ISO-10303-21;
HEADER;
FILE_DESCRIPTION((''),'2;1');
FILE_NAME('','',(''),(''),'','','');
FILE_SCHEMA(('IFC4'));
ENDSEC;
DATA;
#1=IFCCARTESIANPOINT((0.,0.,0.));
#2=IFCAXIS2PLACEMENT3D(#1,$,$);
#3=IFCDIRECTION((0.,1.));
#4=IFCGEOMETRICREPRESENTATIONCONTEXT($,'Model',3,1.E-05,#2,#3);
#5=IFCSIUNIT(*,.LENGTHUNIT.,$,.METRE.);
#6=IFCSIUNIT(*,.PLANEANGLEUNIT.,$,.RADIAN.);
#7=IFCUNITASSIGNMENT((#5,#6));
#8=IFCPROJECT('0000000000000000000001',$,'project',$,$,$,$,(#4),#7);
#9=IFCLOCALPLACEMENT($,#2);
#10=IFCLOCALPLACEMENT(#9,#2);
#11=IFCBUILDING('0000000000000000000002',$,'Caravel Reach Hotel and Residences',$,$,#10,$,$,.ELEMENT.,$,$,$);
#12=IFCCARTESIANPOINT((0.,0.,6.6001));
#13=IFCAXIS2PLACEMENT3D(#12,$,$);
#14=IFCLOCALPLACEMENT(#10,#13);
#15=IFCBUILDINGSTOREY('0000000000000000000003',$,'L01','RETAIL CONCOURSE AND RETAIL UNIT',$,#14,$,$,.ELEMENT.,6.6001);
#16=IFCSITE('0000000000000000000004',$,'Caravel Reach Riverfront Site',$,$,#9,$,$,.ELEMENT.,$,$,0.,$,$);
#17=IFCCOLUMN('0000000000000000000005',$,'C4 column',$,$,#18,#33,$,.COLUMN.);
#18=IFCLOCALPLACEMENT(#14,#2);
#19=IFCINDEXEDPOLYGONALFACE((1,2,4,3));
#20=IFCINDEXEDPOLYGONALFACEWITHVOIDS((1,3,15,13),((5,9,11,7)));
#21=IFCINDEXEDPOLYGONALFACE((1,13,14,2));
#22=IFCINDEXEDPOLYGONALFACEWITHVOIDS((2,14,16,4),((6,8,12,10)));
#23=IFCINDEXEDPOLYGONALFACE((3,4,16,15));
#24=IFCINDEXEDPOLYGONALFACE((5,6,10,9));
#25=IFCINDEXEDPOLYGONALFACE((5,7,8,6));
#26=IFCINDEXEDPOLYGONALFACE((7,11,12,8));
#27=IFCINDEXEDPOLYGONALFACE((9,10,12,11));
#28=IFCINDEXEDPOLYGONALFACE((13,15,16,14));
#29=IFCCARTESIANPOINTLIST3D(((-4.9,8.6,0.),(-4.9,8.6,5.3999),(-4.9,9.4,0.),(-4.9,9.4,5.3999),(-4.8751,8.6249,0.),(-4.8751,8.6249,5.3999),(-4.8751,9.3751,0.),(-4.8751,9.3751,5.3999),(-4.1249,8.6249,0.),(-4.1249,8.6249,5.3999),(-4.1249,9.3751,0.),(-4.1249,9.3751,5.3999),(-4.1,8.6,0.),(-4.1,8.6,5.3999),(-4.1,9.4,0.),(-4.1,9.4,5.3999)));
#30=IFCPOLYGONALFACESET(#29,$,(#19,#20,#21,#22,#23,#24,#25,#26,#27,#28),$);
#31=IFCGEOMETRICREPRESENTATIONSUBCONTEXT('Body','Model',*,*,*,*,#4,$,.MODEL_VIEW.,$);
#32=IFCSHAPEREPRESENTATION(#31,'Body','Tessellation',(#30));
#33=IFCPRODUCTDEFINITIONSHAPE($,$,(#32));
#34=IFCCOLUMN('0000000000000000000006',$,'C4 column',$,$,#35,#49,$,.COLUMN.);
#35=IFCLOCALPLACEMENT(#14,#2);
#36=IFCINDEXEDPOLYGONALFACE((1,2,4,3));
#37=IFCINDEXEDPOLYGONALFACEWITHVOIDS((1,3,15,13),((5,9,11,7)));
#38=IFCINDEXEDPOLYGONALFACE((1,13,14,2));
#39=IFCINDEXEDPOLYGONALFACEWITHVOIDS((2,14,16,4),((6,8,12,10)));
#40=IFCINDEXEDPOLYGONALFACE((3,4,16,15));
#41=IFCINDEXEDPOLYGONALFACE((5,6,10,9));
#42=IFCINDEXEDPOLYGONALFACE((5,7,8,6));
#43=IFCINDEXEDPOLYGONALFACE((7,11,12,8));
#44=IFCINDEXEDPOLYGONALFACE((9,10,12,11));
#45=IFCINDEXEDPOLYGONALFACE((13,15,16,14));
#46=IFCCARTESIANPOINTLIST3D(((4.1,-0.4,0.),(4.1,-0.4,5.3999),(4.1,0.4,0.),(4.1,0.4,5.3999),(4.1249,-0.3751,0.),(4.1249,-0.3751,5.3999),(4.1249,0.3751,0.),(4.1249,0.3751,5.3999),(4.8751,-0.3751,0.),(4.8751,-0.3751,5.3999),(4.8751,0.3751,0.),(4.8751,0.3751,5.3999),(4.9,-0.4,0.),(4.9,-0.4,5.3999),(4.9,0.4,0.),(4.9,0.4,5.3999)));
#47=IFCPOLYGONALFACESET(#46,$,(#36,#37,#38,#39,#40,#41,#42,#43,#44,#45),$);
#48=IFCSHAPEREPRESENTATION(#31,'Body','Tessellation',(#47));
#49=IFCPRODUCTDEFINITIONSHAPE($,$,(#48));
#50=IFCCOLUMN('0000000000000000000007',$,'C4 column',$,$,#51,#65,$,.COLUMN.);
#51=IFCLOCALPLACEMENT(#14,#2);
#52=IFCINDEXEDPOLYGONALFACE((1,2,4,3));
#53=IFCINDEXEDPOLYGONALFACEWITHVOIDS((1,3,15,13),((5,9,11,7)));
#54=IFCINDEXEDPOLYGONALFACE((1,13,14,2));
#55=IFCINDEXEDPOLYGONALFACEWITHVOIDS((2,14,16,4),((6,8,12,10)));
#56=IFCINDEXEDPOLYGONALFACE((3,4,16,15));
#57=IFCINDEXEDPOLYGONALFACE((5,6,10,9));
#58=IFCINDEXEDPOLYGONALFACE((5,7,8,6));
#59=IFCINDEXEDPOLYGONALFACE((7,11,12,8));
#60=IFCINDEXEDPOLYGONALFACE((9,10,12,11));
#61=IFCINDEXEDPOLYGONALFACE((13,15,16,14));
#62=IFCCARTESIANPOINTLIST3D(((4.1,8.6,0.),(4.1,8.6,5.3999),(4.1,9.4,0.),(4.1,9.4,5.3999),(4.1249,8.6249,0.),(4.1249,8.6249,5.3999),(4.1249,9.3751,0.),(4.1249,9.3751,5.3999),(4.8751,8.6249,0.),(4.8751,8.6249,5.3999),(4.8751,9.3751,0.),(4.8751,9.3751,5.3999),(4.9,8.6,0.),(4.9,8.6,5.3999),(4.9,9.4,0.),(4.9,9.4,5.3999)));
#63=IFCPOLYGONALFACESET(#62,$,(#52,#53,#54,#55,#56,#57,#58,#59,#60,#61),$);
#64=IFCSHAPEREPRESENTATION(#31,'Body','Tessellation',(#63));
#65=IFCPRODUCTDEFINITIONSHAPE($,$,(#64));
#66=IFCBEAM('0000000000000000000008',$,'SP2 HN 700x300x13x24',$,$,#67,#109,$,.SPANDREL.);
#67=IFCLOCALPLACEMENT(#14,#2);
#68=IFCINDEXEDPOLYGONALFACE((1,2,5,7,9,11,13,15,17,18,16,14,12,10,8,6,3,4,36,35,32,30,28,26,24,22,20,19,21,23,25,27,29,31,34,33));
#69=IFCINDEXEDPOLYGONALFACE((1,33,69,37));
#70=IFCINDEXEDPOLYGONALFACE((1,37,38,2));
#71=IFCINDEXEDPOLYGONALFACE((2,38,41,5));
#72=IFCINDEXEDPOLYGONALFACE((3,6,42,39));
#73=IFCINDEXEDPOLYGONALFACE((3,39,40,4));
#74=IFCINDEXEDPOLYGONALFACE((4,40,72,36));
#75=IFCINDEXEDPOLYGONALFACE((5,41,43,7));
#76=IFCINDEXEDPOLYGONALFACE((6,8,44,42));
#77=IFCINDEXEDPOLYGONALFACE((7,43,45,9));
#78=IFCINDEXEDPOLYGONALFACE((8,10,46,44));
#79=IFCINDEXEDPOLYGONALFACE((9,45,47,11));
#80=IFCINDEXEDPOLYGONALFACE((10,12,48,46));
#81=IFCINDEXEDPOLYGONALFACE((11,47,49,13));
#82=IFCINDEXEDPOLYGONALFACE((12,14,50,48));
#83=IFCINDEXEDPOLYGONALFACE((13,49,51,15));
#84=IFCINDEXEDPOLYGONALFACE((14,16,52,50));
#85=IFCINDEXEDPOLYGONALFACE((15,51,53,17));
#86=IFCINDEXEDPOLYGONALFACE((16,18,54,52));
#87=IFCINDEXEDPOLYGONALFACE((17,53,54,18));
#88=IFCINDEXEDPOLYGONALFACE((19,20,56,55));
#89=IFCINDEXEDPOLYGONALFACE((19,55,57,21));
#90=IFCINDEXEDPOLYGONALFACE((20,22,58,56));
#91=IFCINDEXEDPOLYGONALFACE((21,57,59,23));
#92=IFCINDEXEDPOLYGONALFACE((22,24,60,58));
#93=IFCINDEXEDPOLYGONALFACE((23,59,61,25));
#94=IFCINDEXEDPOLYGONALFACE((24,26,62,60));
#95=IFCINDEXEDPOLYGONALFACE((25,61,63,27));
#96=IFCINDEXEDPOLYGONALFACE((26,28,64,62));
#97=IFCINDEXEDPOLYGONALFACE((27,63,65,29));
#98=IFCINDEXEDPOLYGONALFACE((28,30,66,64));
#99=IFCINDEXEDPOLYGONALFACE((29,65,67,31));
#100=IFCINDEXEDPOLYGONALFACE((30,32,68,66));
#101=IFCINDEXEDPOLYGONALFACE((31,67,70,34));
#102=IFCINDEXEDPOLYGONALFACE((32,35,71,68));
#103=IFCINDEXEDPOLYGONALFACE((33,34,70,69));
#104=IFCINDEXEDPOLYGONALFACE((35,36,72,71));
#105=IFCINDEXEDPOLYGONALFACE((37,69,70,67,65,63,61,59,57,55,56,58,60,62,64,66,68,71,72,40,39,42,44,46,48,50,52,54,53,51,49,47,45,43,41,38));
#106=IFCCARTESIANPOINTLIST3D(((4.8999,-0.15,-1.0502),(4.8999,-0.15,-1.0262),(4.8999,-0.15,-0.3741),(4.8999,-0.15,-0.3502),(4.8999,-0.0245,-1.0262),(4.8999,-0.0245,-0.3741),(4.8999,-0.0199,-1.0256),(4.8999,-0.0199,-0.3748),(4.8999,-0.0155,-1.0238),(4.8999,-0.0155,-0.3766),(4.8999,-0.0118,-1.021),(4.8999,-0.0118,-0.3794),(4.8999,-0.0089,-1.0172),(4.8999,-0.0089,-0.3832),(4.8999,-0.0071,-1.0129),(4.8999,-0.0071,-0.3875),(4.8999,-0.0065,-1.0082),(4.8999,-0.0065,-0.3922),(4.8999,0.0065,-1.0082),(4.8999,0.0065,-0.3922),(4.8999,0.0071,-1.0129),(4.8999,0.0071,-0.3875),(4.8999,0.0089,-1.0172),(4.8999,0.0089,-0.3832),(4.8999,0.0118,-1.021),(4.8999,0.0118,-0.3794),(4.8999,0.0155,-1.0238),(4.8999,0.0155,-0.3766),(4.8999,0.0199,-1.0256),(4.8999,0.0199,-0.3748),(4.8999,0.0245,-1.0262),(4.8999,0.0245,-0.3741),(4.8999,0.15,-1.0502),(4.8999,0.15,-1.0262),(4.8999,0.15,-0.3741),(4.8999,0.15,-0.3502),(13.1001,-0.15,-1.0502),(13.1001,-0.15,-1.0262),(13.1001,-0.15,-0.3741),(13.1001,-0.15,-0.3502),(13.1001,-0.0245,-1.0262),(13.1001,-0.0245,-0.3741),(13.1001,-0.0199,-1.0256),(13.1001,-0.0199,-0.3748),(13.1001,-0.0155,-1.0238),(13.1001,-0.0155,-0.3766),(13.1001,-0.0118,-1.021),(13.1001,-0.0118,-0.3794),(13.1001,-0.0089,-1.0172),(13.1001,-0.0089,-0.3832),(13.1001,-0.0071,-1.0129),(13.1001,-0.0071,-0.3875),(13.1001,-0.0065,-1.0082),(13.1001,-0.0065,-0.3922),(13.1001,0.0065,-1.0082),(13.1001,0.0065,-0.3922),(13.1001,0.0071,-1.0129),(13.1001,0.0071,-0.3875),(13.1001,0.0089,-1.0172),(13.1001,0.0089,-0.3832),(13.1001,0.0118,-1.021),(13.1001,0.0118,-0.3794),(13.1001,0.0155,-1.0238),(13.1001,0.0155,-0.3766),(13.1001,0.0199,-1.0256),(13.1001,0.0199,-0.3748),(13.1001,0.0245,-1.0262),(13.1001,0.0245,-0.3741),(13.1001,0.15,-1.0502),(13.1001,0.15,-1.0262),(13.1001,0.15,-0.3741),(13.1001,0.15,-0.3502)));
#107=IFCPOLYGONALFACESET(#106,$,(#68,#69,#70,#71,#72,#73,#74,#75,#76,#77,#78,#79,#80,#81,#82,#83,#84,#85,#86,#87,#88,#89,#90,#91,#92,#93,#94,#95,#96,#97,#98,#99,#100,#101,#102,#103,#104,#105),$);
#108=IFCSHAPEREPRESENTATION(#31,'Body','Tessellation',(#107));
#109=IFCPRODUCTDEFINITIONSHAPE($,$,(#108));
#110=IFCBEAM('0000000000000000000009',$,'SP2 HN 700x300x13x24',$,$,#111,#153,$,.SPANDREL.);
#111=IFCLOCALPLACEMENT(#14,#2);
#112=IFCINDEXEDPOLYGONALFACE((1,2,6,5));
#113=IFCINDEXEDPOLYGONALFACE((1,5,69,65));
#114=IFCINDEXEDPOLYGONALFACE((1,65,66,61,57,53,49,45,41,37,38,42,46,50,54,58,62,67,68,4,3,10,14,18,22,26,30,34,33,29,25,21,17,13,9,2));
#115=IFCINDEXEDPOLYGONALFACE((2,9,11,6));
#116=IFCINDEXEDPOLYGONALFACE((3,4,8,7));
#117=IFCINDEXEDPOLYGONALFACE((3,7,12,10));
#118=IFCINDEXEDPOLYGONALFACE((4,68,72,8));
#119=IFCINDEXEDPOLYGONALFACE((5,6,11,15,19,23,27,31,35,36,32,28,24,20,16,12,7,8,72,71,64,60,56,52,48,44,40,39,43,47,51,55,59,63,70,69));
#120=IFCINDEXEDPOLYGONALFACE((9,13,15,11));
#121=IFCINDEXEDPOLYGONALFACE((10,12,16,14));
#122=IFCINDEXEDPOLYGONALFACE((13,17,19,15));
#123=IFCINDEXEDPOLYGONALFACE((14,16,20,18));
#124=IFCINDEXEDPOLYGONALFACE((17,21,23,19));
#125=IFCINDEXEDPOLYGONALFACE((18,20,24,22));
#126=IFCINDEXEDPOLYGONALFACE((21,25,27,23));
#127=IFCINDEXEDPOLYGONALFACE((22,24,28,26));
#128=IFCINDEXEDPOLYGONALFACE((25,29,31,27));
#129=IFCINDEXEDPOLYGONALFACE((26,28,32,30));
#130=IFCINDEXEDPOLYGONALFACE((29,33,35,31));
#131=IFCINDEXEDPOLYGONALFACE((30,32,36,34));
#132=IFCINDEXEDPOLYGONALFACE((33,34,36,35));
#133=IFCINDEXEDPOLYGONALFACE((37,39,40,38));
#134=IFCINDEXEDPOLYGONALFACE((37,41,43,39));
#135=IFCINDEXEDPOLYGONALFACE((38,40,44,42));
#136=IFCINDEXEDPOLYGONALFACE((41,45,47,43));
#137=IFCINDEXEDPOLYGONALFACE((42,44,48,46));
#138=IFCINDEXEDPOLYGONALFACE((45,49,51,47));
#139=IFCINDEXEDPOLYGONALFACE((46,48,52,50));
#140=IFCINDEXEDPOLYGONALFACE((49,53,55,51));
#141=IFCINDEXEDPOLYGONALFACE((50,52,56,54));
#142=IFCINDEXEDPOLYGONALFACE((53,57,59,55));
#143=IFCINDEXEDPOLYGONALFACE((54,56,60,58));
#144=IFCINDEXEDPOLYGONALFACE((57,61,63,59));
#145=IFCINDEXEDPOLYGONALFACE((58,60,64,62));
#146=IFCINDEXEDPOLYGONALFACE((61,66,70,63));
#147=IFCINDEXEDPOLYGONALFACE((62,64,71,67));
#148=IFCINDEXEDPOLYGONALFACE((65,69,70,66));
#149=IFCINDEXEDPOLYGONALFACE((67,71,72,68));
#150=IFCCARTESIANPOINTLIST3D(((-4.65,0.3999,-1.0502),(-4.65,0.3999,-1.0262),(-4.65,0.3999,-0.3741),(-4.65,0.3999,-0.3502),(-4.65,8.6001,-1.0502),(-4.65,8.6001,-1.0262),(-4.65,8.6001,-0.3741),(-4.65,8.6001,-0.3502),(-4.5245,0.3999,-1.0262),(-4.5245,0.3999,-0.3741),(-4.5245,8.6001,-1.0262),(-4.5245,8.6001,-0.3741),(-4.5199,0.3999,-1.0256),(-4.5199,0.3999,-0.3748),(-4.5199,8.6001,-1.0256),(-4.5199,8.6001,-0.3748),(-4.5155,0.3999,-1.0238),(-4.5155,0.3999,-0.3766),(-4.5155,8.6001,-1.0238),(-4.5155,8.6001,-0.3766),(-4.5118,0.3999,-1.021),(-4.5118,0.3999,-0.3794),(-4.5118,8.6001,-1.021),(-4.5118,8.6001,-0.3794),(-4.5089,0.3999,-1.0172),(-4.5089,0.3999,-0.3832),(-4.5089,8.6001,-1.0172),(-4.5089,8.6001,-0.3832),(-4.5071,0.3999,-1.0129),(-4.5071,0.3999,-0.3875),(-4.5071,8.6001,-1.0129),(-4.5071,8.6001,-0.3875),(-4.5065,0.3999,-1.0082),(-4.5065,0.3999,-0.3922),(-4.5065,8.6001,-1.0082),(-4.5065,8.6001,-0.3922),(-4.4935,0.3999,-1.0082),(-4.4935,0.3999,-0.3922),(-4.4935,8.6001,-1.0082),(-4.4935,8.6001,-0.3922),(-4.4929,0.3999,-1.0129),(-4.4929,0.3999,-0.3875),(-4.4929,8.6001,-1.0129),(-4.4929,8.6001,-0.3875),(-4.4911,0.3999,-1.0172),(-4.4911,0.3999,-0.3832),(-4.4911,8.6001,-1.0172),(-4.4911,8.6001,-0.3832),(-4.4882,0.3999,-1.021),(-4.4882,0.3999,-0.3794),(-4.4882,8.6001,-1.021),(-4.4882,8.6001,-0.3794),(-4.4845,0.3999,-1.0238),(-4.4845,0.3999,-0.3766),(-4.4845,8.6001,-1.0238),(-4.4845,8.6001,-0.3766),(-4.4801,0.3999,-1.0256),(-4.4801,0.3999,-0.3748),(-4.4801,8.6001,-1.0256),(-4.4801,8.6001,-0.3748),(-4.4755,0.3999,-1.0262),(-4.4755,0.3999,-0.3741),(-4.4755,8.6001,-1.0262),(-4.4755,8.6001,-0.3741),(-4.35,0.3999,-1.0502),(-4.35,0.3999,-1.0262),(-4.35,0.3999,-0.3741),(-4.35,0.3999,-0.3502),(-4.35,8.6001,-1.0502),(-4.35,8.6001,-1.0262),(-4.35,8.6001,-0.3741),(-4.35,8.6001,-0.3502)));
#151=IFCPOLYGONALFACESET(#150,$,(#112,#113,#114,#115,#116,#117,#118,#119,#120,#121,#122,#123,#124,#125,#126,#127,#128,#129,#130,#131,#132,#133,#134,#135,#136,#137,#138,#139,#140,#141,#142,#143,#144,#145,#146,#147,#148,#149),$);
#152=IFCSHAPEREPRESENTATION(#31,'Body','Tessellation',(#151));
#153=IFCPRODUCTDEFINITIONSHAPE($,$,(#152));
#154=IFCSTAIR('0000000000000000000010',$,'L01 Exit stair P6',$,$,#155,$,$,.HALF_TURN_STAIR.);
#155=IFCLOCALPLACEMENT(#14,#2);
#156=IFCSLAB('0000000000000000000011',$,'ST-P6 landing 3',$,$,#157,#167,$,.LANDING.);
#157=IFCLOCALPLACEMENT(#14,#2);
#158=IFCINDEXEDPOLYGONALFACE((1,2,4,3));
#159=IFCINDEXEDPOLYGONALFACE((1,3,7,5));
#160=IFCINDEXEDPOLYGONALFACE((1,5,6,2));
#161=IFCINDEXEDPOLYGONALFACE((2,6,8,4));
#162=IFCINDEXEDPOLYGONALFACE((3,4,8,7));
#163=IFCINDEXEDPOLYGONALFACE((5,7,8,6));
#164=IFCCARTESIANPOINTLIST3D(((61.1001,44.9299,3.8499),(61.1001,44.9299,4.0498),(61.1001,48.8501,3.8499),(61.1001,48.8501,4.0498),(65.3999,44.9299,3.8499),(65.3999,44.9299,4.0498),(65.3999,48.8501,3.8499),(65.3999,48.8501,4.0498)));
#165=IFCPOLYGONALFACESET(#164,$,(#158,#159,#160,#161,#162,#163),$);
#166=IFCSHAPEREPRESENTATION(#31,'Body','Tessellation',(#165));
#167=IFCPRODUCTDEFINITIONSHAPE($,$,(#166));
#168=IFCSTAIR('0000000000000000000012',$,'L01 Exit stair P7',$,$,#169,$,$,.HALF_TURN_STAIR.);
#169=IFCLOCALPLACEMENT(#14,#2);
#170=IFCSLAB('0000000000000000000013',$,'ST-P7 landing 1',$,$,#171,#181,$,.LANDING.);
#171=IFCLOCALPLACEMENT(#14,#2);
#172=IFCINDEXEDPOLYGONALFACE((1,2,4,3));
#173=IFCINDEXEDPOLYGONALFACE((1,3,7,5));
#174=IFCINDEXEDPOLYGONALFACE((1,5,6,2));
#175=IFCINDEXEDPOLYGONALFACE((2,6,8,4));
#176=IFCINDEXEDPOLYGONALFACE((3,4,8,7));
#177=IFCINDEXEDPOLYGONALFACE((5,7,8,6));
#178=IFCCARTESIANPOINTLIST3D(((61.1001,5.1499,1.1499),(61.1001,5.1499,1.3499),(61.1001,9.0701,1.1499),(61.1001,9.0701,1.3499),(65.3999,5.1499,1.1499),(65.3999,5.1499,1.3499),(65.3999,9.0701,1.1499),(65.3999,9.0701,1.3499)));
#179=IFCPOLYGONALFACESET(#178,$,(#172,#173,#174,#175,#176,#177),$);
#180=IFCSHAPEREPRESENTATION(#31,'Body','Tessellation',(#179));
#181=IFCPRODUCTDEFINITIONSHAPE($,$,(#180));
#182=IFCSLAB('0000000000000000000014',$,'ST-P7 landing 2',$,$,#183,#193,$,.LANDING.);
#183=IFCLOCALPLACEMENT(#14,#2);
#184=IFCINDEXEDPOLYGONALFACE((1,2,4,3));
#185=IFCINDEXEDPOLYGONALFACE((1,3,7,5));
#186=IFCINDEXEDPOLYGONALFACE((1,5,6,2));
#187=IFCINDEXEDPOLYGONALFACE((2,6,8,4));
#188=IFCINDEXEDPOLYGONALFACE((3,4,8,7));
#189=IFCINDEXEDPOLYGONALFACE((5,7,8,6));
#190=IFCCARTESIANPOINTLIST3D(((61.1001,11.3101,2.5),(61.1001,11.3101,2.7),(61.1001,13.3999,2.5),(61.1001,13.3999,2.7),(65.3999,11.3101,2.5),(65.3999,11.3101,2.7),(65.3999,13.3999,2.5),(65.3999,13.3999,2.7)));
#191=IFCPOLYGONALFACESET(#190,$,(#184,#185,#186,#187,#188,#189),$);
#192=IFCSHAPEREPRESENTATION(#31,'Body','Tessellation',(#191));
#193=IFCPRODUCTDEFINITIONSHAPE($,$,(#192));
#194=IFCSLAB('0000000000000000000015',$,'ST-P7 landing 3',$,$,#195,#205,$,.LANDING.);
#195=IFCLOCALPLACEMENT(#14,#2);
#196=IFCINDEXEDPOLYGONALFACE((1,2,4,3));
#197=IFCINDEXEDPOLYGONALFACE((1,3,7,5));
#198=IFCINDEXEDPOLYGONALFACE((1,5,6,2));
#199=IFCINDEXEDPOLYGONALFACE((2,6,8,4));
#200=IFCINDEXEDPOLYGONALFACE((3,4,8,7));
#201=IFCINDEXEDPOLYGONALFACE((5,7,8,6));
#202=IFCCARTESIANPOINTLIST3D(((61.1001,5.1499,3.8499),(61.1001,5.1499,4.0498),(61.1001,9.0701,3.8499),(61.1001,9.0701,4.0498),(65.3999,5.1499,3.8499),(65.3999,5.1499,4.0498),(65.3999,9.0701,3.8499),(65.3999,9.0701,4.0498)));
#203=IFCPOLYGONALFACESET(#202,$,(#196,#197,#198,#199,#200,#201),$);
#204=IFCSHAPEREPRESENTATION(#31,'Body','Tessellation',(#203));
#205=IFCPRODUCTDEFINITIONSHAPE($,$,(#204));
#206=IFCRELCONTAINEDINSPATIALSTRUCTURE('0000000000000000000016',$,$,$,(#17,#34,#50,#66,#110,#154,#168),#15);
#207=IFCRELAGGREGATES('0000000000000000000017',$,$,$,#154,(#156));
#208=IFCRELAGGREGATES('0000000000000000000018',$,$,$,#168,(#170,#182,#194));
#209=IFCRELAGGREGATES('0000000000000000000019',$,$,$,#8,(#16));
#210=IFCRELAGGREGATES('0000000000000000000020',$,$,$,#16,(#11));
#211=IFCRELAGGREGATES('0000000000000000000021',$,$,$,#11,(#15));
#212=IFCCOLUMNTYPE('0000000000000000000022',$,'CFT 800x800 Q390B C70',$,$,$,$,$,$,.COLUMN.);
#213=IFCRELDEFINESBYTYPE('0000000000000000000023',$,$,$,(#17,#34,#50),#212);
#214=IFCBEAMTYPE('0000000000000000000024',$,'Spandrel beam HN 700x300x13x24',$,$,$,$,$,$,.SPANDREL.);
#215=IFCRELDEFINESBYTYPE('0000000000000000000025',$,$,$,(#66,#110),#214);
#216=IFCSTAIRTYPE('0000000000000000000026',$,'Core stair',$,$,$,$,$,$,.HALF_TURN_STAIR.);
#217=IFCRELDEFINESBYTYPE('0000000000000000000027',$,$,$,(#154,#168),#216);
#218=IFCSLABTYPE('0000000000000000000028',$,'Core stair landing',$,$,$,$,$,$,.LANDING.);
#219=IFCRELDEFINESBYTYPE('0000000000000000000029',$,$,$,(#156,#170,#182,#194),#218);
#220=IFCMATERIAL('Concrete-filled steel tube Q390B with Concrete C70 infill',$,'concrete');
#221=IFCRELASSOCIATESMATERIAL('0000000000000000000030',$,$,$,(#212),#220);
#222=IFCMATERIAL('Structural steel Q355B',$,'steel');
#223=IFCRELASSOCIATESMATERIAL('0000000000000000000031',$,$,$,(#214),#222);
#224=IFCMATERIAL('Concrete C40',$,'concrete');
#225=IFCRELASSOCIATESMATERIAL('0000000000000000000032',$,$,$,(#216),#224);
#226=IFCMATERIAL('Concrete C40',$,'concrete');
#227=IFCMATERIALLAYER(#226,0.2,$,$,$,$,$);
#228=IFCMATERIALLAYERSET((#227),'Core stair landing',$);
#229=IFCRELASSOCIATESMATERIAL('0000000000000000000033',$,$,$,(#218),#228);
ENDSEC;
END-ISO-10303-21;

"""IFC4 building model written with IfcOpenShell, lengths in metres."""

from ifc_helpers import new_model, si_unit, direction, frame, origin, origin_2d, place, context, subcontext, project, spatial, polyline, hollow_rectangle, i_section, outline, extrude, material, layer, layer_set, material_profile, profile_set, type_object, element, aggregate, save


model = new_model("IFC4")

# Units and contexts
model_context = context("Model", 3, precision=1e-05, world=origin(), true_north=direction((0.0, 1.0)))
body_context = subcontext(model_context, "Body", "Model", "MODEL_VIEW")
ifc_project = project(units=[si_unit("LENGTHUNIT", "METRE"), si_unit("PLANEANGLEUNIT", "RADIAN")], contexts=[model_context])

# Site, building, storey
site_placement = place(None, origin())
site = spatial("IfcSite", under=ifc_project, at=site_placement, Name="Caravel Reach Riverfront Site", CompositionType="ELEMENT", RefElevation=0.0)
building_placement = place(site_placement, origin())
building = spatial("IfcBuilding", under=site, at=building_placement, Name="Caravel Reach Hotel and Residences", CompositionType="ELEMENT")
storey_placement = place(building_placement, frame((0.0, 0.0, 6.6001)))
storey = spatial("IfcBuildingStorey", under=building, at=storey_placement, Name="L01", Description="RETAIL CONCOURSE AND RETAIL UNIT", CompositionType="ELEMENT", Elevation=6.6001)

# Columns
ifc_material_1 = material(Name="Concrete-filled steel tube Q390B with Concrete C70 infill", Category="concrete")
ifc_material_profile_1 = material_profile(ifc_material_1, hollow_rectangle(XDim=0.8, YDim=0.8, WallThickness=0.0249, at=origin_2d()), Name="RHS 800x800x25")
ifc_profile_set_1 = profile_set([ifc_material_profile_1], Name="Concrete-filled steel tube Q390B with Concrete C70 infill")
column_type = type_object("IfcColumnType", Name="CFT 800x800 Q390B C70", PredefinedType="COLUMN", material=ifc_profile_set_1)
for number, where, z_axis, x_axis, name in (
    (1, (-4.5, 9.0, 0.0), (0.0, 0.0, 1.0), (1.0, 0.0, 0.0), "C4 column"),
    (2, (4.5, 0.0, 0.0), (0.0, 0.0, 1.0), (1.0, 0.0, 0.0), "C4 column"),
    (3, (4.5, 9.0, 0.0), (0.0, 0.0, 1.0), (1.0, 0.0, 0.0), "C4 column"),
):
    element("IfcColumn", number, at=place(storey_placement, frame(where, z_axis=z_axis, x_axis=x_axis)), inside=storey, type_object=column_type, Name=name, PredefinedType="COLUMN", context=body_context, shape_type="SweptSolid", body=[
        extrude(hollow_rectangle(XDim=0.8, YDim=0.8, WallThickness=0.0249, at=origin_2d()), origin(), (0.0, 0.0, 1.0), 5.3999),
    ])

# Beams
ifc_material_2 = material(Name="Structural steel Q355B", Category="steel")
ifc_material_profile_2 = material_profile(ifc_material_2, i_section(OverallWidth=0.3, OverallDepth=0.7, WebThickness=0.0129, FlangeThickness=0.0239, FilletRadius=0.0181, at=origin_2d()), Name="HN 700x300x13x24")
ifc_profile_set_2 = profile_set([ifc_material_profile_2], Name="Structural steel Q355B")
beam_type = type_object("IfcBeamType", Name="Spandrel beam HN 700x300x13x24", PredefinedType="SPANDREL", material=ifc_profile_set_2)
for number, where, z_axis, x_axis, name in (
    (4, (4.8999, 0.0, -0.7002), (1.0, 0.0, 0.0), (0.0, 1.0, 0.0), "SP2 HN 700x300x13x24"),
    (5, (-4.5, 8.6001, -0.7002), (0.0, -1.0, 0.0), (1.0, 0.0, 0.0), "SP2 HN 700x300x13x24"),
):
    element("IfcBeam", number, at=place(storey_placement, frame(where, z_axis=z_axis, x_axis=x_axis)), inside=storey, type_object=beam_type, Name=name, PredefinedType="SPANDREL", context=body_context, shape_type="SweptSolid", body=[
        extrude(i_section(OverallWidth=0.3, OverallDepth=0.7, WebThickness=0.0129, FlangeThickness=0.0239, FilletRadius=0.0181, at=origin_2d()), origin(), (0.0, 0.0, 1.0), 8.2002),
    ])

# Stair, slab
ifc_material_3 = material(Name="Concrete C40", Category="concrete")
stair_type = type_object("IfcStairType", Name="Core stair", PredefinedType="HALF_TURN_STAIR", material=ifc_material_3)
stair_1_placement = place(storey_placement, origin())
stair_1 = element("IfcStair", 6, at=stair_1_placement, inside=storey, type_object=stair_type, Name="L01 Exit stair P6", PredefinedType="HALF_TURN_STAIR")
ifc_material_4 = material(Name="Concrete C40", Category="concrete")
ifc_layer_1 = layer(ifc_material_4, 0.2)
ifc_layer_set_1 = layer_set([ifc_layer_1], Name="Core stair landing")
slab_type = type_object("IfcSlabType", Name="Core stair landing", PredefinedType="LANDING", material=ifc_layer_set_1)
slab_1_placement = place(storey_placement, frame((0.0, 0.0, 3.8499)))
slab_1 = element("IfcSlab", 7, at=slab_1_placement, type_object=slab_type, Name="ST-P6 landing 3", PredefinedType="LANDING", context=body_context, shape_type="SweptSolid", body=[
    extrude(outline(polyline([(65.3999, 44.9299), (65.3999, 48.8501), (61.1001, 48.8501), (61.1001, 44.9299), (65.3999, 44.9299)])), origin(), (0.0, 0.0, 1.0), 0.2),
])
aggregate(stair_1, [slab_1])

# Stair, slabs
stair_2_placement = place(storey_placement, origin())
stair_2 = element("IfcStair", 8, at=stair_2_placement, inside=storey, type_object=stair_type, Name="L01 Exit stair P7", PredefinedType="HALF_TURN_STAIR")
slab_2_placement = place(storey_placement, frame((0.0, 0.0, 1.1499)))
slab_2 = element("IfcSlab", 9, at=slab_2_placement, type_object=slab_type, Name="ST-P7 landing 1", PredefinedType="LANDING", context=body_context, shape_type="SweptSolid", body=[
    extrude(outline(polyline([(61.1001, 9.0701), (61.1001, 5.1499), (65.3999, 5.1499), (65.3999, 9.0701), (61.1001, 9.0701)])), origin(), (0.0, 0.0, 1.0), 0.2),
])
slab_3_placement = place(storey_placement, frame((0.0, 0.0, 2.5)))
slab_3 = element("IfcSlab", 10, at=slab_3_placement, type_object=slab_type, Name="ST-P7 landing 2", PredefinedType="LANDING", context=body_context, shape_type="SweptSolid", body=[
    extrude(outline(polyline([(61.1001, 13.3999), (61.1001, 11.3101), (65.3999, 11.3101), (65.3999, 13.3999), (61.1001, 13.3999)])), origin(), (0.0, 0.0, 1.0), 0.2),
])
slab_4_placement = place(storey_placement, frame((0.0, 0.0, 3.8499)))
slab_4 = element("IfcSlab", 11, at=slab_4_placement, type_object=slab_type, Name="ST-P7 landing 3", PredefinedType="LANDING", context=body_context, shape_type="SweptSolid", body=[
    extrude(outline(polyline([(61.1001, 9.0701), (61.1001, 5.1499), (65.3999, 5.1499), (65.3999, 9.0701), (61.1001, 9.0701)])), origin(), (0.0, 0.0, 1.0), 0.2),
])
aggregate(stair_2, [slab_2, slab_3, slab_4])

save(model, "model.ifc")
